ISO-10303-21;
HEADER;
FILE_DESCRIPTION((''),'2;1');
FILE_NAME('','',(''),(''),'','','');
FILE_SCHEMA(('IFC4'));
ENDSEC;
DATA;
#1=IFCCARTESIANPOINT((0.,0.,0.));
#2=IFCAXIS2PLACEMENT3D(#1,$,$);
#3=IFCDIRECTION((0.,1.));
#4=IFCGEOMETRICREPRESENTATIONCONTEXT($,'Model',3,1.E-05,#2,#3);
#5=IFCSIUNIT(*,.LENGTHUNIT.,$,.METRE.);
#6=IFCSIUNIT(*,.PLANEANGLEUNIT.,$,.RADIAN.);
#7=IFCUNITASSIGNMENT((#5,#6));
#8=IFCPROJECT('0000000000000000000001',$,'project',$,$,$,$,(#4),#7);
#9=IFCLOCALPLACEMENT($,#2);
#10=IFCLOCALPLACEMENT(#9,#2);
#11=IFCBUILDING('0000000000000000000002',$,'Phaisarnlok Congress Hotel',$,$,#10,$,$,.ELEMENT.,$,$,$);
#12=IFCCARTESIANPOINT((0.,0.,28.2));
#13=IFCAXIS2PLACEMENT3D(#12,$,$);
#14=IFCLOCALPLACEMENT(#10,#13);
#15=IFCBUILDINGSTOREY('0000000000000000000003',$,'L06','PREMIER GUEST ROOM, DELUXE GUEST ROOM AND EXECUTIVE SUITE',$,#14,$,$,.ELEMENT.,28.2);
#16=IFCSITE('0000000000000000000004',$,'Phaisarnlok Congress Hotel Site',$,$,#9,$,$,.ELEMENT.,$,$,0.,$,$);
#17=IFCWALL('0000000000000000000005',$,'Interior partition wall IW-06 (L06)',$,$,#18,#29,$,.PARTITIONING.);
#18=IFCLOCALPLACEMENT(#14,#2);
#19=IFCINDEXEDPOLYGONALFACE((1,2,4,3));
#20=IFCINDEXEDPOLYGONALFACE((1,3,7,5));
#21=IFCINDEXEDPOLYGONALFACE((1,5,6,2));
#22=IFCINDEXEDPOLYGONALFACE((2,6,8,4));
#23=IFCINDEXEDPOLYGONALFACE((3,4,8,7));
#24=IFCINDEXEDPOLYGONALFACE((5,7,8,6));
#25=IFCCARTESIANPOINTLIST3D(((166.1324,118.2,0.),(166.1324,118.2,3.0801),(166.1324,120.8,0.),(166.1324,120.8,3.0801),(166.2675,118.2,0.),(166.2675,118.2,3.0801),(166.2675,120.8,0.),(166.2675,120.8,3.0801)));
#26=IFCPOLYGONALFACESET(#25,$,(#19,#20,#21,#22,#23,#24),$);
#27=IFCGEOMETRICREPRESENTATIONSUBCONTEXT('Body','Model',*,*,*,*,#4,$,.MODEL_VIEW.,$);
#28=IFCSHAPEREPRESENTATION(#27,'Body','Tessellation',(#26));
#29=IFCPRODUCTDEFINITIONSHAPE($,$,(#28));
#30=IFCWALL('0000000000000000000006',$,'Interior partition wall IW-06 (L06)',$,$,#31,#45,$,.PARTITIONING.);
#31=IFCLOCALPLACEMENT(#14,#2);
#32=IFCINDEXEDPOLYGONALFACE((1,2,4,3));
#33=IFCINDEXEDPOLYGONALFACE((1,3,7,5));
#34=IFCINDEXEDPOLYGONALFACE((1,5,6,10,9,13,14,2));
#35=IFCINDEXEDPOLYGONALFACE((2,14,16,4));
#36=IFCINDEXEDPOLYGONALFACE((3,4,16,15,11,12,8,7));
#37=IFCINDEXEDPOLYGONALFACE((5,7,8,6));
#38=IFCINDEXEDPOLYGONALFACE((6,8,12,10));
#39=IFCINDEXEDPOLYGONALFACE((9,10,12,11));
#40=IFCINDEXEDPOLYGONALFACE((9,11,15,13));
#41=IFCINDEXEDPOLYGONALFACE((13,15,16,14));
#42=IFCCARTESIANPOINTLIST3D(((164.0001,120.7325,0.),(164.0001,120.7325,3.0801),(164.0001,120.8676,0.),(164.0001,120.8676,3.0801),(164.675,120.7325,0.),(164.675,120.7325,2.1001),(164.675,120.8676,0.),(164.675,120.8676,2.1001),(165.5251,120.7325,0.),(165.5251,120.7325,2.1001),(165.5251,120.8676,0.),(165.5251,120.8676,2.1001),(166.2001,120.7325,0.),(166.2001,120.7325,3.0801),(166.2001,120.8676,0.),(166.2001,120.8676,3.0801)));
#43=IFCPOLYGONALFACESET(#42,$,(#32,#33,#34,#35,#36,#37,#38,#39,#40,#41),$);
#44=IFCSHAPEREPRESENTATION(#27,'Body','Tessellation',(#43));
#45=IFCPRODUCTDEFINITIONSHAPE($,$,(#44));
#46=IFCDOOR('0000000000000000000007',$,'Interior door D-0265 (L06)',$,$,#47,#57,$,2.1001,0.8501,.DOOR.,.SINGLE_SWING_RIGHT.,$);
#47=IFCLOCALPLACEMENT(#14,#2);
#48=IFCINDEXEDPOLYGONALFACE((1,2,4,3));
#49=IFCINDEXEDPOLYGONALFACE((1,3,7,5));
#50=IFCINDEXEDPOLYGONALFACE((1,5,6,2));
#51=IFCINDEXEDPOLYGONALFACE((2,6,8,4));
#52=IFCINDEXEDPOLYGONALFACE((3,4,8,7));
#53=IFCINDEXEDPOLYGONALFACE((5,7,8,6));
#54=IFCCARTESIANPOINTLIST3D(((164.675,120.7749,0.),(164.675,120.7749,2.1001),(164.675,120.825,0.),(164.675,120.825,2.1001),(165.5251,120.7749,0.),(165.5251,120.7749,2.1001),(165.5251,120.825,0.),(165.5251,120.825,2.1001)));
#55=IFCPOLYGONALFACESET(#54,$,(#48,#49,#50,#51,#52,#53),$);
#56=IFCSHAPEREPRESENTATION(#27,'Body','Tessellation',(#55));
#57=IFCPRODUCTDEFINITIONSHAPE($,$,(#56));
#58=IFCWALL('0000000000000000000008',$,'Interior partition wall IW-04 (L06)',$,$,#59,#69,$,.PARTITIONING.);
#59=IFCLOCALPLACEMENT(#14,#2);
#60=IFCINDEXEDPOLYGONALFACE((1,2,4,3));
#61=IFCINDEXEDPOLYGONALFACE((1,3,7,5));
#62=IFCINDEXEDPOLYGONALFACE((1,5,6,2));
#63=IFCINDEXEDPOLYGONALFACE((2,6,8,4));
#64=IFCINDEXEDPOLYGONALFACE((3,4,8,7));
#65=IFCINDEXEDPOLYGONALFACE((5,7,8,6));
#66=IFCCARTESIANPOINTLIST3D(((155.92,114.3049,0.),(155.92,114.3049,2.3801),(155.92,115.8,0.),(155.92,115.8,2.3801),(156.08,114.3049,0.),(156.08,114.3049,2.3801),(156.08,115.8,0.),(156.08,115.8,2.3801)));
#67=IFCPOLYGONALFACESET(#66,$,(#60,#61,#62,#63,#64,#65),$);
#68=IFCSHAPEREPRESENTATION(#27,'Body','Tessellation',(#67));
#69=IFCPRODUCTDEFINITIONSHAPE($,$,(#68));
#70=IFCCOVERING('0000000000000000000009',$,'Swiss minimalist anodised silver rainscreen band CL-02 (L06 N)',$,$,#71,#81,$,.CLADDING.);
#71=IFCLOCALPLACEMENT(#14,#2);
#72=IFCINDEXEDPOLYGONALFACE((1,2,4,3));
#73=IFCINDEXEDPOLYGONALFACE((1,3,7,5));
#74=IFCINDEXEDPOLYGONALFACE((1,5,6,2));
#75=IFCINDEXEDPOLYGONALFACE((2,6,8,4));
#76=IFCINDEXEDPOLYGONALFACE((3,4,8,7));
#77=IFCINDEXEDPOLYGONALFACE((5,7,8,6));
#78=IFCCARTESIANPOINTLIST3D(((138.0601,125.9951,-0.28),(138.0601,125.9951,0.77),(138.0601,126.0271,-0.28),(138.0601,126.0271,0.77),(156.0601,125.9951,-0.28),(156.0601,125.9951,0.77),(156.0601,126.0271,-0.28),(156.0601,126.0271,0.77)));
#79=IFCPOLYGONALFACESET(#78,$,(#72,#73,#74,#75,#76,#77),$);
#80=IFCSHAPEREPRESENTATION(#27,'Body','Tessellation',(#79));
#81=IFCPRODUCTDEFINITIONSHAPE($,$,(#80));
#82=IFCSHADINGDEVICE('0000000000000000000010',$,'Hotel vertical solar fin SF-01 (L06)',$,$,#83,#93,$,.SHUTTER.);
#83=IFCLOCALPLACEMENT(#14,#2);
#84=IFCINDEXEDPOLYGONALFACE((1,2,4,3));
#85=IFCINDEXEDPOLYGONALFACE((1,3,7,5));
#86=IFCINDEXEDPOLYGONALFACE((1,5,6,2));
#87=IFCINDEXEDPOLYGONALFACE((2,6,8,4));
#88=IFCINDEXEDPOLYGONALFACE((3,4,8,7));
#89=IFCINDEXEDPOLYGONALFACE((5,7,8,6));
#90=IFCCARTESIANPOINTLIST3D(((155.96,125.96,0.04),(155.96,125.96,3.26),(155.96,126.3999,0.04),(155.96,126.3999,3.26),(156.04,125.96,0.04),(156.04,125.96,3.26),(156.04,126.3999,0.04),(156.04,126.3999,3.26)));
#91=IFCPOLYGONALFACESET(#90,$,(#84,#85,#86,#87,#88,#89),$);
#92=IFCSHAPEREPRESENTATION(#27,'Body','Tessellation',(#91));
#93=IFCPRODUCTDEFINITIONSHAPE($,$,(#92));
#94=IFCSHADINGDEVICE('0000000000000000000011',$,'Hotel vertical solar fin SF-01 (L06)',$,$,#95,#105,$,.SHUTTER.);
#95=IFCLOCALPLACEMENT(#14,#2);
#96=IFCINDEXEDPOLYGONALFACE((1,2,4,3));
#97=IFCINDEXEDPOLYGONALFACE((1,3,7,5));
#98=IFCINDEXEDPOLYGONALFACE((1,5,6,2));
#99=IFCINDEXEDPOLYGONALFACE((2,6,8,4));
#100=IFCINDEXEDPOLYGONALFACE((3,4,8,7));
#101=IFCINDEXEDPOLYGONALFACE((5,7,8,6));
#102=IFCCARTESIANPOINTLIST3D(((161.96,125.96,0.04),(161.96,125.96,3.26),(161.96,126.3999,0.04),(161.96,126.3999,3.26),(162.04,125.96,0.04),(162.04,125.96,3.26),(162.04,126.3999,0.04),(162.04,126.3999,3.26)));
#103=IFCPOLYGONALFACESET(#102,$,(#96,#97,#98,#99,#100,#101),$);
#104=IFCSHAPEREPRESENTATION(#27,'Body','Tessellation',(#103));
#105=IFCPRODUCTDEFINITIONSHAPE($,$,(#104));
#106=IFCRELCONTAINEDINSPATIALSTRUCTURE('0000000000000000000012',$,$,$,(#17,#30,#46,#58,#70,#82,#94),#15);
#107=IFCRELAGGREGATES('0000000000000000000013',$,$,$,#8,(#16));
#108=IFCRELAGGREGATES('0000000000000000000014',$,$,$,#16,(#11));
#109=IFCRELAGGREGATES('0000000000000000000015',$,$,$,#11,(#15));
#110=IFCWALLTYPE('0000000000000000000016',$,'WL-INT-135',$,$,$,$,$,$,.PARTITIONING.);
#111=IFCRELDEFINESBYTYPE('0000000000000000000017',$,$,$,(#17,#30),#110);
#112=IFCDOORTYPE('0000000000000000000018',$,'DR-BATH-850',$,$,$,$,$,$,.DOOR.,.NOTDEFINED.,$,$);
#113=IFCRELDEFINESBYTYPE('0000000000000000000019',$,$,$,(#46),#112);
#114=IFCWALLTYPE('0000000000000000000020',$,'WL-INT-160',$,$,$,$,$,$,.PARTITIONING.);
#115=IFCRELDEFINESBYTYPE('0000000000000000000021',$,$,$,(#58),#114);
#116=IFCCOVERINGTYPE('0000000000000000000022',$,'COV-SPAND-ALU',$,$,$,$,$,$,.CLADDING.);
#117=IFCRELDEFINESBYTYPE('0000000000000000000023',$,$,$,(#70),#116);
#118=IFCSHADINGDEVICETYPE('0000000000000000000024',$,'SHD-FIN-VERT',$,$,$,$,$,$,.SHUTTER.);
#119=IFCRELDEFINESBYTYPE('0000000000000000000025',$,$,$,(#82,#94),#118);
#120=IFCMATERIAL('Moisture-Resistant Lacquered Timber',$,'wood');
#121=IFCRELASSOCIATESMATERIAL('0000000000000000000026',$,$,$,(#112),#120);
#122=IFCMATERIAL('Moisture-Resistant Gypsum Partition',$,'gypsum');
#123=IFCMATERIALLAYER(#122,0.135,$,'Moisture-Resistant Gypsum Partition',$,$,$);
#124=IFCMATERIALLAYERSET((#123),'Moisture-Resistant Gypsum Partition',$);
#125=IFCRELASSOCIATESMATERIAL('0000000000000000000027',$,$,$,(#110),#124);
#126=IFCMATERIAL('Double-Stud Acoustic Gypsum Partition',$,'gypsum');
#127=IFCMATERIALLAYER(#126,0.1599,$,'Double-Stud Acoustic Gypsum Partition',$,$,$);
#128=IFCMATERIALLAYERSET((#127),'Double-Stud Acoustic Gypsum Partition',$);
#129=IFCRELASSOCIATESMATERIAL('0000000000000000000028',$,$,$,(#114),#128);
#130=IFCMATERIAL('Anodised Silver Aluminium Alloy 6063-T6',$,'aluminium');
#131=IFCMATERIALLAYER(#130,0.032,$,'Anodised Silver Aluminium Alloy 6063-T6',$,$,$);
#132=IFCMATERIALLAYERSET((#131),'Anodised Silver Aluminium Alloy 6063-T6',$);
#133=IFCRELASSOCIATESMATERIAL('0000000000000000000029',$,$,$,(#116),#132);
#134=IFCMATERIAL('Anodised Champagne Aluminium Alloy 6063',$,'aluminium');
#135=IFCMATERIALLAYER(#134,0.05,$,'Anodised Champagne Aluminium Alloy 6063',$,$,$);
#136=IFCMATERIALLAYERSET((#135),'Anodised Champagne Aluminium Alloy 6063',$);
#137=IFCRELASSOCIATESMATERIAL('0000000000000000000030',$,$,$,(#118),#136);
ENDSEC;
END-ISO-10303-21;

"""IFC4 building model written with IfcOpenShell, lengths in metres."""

from ifc_helpers import new_model, si_unit, direction, frame, frame_2d, origin, origin_2d, place, context, subcontext, project, spatial, polyline, rectangle, outline, extrude, material, layer, layer_set, type_object, element, fill, save


model = new_model("IFC4")

# Units and contexts
model_context = context("Model", 3, precision=1e-05, world=origin(), true_north=direction((0.0, 1.0)))
body_context = subcontext(model_context, "Body", "Model", "MODEL_VIEW")
ifc_project = project(units=[si_unit("LENGTHUNIT", "METRE"), si_unit("PLANEANGLEUNIT", "RADIAN")], contexts=[model_context])

# Site, building, storey
site_placement = place(None, origin())
site = spatial("IfcSite", under=ifc_project, at=site_placement, Name="Phaisarnlok Congress Hotel Site", CompositionType="ELEMENT", RefElevation=0.0)
building_placement = place(site_placement, origin())
building = spatial("IfcBuilding", under=site, at=building_placement, Name="Phaisarnlok Congress Hotel", CompositionType="ELEMENT")
storey_placement = place(building_placement, frame((0.0, 0.0, 28.2)))
storey = spatial("IfcBuildingStorey", under=building, at=storey_placement, Name="L06", Description="PREMIER GUEST ROOM, DELUXE GUEST ROOM AND EXECUTIVE SUITE", CompositionType="ELEMENT", Elevation=28.2)

# Shared definitions
ifc_material_1 = material(Name="Moisture-Resistant Lacquered Timber", Category="wood")
door_type = type_object("IfcDoorType", Name="DR-BATH-850", OperationType="NOTDEFINED", PredefinedType="DOOR", material=ifc_material_1)

# Wall
ifc_material_2 = material(Name="Moisture-Resistant Gypsum Partition", Category="gypsum")
ifc_layer_1 = layer(ifc_material_2, 0.135, Name="Moisture-Resistant Gypsum Partition")
ifc_layer_set_1 = layer_set([ifc_layer_1], Name="Moisture-Resistant Gypsum Partition")
wall_type_1 = type_object("IfcWallType", Name="WL-INT-135", PredefinedType="PARTITIONING", material=ifc_layer_set_1)
for number, where, z_axis, x_axis, name in (
    (1, (166.2, 118.2, 0.0), (0.0, 0.0, 1.0), (0.0, 1.0, 0.0), "Interior partition wall IW-06 (L06)"),
):
    element("IfcWall", number, at=place(storey_placement, frame(where, z_axis=z_axis, x_axis=x_axis)), inside=storey, type_object=wall_type_1, Name=name, PredefinedType="PARTITIONING", context=body_context, shape_type="SweptSolid", body=[
        extrude(rectangle(XDim=2.6001, YDim=0.135, at=frame_2d((1.3, 0.0))), origin(), (0.0, 0.0, 1.0), 3.0801),
    ])

# Wall, opening, door
wall_1_placement = place(storey_placement, frame((164.0, 120.8, 0.0), z_axis=(0.0, 0.0, 1.0), x_axis=(1.0, 0.0, 0.0)))
wall_1 = element("IfcWall", 2, at=wall_1_placement, inside=storey, type_object=wall_type_1, Name="Interior partition wall IW-06 (L06)", PredefinedType="PARTITIONING", context=body_context, shape_type="SweptSolid", body=[
    extrude(rectangle(XDim=2.2, YDim=0.135, at=frame_2d((1.1001, 0.0))), origin(), (0.0, 0.0, 1.0), 3.0801),
])
opening_1_placement = place(wall_1_placement, frame((0.675, 0.0, 0.0)))
opening_1 = element("IfcOpeningElement", 3, at=opening_1_placement, cuts=wall_1, PredefinedType="OPENING", context=body_context, shape_type="SweptSolid", body=[
    extrude(rectangle(XDim=0.8501, YDim=2.1001, at=frame_2d((0.425, 1.05))), frame((0.0, 0.0776, 0.0), z_axis=(0.0, -1.0, 0.0), x_axis=(1.0, 0.0, 0.0)), (0.0, 0.0, 1.0), 0.155),
])
door_1_placement = place(opening_1_placement, origin())
door_1 = element("IfcDoor", 4, at=door_1_placement, inside=storey, type_object=door_type, Name="Interior door D-0265 (L06)", OperationType="SINGLE_SWING_RIGHT", OverallHeight=2.1001, OverallWidth=0.8501, PredefinedType="DOOR", context=body_context, shape_type="SweptSolid", body=[
    extrude(rectangle(XDim=0.8501, YDim=2.1001, at=frame_2d((0.425, 1.05))), frame((0.0, 0.0249, 0.0), z_axis=(0.0, -1.0, 0.0), x_axis=(1.0, 0.0, 0.0)), (0.0, 0.0, 1.0), 0.05),
])
fill(opening_1, door_1)

# Wall
ifc_material_3 = material(Name="Double-Stud Acoustic Gypsum Partition", Category="gypsum")
ifc_layer_2 = layer(ifc_material_3, 0.1599, Name="Double-Stud Acoustic Gypsum Partition")
ifc_layer_set_2 = layer_set([ifc_layer_2], Name="Double-Stud Acoustic Gypsum Partition")
wall_type_2 = type_object("IfcWallType", Name="WL-INT-160", PredefinedType="PARTITIONING", material=ifc_layer_set_2)
wall_2_placement = place(storey_placement, frame((156.0, 114.3049, 0.0), z_axis=(0.0, 0.0, 1.0), x_axis=(0.0, 1.0, 0.0)))
element("IfcWall", 5, at=wall_2_placement, inside=storey, type_object=wall_type_2, Name="Interior partition wall IW-04 (L06)", PredefinedType="PARTITIONING", context=body_context, shape_type="SweptSolid", body=[
    extrude(rectangle(XDim=1.4951, YDim=0.1599, at=frame_2d((0.7476, 0.0))), origin(), (0.0, 0.0, 1.0), 2.3801),
])

# Covering
ifc_material_4 = material(Name="Anodised Silver Aluminium Alloy 6063-T6", Category="aluminium")
ifc_layer_3 = layer(ifc_material_4, 0.032, Name="Anodised Silver Aluminium Alloy 6063-T6")
ifc_layer_set_3 = layer_set([ifc_layer_3], Name="Anodised Silver Aluminium Alloy 6063-T6")
covering_type = type_object("IfcCoveringType", Name="COV-SPAND-ALU", PredefinedType="CLADDING", material=ifc_layer_set_3)
covering_placement = place(storey_placement, frame((156.0601, 125.9951, -0.28), z_axis=(0.0, 1.0, 0.0), x_axis=(-1.0, 0.0, 0.0)))
element("IfcCovering", 6, at=covering_placement, inside=storey, type_object=covering_type, Name="Swiss minimalist anodised silver rainscreen band CL-02 (L06 N)", PredefinedType="CLADDING", context=body_context, shape_type="SweptSolid", body=[
    extrude(outline(polyline([(0.0, 0.0), (18.0, 0.0), (18.0, 1.05), (0.0, 1.05), (0.0, 0.0)])), origin(), (0.0, 0.0, 1.0), 0.032),
])

# Shading devices
ifc_material_5 = material(Name="Anodised Champagne Aluminium Alloy 6063", Category="aluminium")
ifc_layer_4 = layer(ifc_material_5, 0.05, Name="Anodised Champagne Aluminium Alloy 6063")
ifc_layer_set_4 = layer_set([ifc_layer_4], Name="Anodised Champagne Aluminium Alloy 6063")
shading_device_type = type_object("IfcShadingDeviceType", Name="SHD-FIN-VERT", PredefinedType="SHUTTER", material=ifc_layer_set_4)
for number, where, z_axis, x_axis, name in (
    (7, (156.0, 126.1799, 0.04), (0.0, 0.0, 1.0), (1.0, 0.0, 0.0), "Hotel vertical solar fin SF-01 (L06)"),
    (8, (162.0, 126.1799, 0.04), (0.0, 0.0, 1.0), (1.0, 0.0, 0.0), "Hotel vertical solar fin SF-01 (L06)"),
):
    element("IfcShadingDevice", number, at=place(storey_placement, frame(where, z_axis=z_axis, x_axis=x_axis)), inside=storey, type_object=shading_device_type, Name=name, PredefinedType="SHUTTER", context=body_context, shape_type="SweptSolid", body=[
        extrude(rectangle(XDim=0.0801, YDim=0.4399, at=origin_2d()), origin(), (0.0, 0.0, 1.0), 3.22),
    ])

save(model, "model.ifc")
